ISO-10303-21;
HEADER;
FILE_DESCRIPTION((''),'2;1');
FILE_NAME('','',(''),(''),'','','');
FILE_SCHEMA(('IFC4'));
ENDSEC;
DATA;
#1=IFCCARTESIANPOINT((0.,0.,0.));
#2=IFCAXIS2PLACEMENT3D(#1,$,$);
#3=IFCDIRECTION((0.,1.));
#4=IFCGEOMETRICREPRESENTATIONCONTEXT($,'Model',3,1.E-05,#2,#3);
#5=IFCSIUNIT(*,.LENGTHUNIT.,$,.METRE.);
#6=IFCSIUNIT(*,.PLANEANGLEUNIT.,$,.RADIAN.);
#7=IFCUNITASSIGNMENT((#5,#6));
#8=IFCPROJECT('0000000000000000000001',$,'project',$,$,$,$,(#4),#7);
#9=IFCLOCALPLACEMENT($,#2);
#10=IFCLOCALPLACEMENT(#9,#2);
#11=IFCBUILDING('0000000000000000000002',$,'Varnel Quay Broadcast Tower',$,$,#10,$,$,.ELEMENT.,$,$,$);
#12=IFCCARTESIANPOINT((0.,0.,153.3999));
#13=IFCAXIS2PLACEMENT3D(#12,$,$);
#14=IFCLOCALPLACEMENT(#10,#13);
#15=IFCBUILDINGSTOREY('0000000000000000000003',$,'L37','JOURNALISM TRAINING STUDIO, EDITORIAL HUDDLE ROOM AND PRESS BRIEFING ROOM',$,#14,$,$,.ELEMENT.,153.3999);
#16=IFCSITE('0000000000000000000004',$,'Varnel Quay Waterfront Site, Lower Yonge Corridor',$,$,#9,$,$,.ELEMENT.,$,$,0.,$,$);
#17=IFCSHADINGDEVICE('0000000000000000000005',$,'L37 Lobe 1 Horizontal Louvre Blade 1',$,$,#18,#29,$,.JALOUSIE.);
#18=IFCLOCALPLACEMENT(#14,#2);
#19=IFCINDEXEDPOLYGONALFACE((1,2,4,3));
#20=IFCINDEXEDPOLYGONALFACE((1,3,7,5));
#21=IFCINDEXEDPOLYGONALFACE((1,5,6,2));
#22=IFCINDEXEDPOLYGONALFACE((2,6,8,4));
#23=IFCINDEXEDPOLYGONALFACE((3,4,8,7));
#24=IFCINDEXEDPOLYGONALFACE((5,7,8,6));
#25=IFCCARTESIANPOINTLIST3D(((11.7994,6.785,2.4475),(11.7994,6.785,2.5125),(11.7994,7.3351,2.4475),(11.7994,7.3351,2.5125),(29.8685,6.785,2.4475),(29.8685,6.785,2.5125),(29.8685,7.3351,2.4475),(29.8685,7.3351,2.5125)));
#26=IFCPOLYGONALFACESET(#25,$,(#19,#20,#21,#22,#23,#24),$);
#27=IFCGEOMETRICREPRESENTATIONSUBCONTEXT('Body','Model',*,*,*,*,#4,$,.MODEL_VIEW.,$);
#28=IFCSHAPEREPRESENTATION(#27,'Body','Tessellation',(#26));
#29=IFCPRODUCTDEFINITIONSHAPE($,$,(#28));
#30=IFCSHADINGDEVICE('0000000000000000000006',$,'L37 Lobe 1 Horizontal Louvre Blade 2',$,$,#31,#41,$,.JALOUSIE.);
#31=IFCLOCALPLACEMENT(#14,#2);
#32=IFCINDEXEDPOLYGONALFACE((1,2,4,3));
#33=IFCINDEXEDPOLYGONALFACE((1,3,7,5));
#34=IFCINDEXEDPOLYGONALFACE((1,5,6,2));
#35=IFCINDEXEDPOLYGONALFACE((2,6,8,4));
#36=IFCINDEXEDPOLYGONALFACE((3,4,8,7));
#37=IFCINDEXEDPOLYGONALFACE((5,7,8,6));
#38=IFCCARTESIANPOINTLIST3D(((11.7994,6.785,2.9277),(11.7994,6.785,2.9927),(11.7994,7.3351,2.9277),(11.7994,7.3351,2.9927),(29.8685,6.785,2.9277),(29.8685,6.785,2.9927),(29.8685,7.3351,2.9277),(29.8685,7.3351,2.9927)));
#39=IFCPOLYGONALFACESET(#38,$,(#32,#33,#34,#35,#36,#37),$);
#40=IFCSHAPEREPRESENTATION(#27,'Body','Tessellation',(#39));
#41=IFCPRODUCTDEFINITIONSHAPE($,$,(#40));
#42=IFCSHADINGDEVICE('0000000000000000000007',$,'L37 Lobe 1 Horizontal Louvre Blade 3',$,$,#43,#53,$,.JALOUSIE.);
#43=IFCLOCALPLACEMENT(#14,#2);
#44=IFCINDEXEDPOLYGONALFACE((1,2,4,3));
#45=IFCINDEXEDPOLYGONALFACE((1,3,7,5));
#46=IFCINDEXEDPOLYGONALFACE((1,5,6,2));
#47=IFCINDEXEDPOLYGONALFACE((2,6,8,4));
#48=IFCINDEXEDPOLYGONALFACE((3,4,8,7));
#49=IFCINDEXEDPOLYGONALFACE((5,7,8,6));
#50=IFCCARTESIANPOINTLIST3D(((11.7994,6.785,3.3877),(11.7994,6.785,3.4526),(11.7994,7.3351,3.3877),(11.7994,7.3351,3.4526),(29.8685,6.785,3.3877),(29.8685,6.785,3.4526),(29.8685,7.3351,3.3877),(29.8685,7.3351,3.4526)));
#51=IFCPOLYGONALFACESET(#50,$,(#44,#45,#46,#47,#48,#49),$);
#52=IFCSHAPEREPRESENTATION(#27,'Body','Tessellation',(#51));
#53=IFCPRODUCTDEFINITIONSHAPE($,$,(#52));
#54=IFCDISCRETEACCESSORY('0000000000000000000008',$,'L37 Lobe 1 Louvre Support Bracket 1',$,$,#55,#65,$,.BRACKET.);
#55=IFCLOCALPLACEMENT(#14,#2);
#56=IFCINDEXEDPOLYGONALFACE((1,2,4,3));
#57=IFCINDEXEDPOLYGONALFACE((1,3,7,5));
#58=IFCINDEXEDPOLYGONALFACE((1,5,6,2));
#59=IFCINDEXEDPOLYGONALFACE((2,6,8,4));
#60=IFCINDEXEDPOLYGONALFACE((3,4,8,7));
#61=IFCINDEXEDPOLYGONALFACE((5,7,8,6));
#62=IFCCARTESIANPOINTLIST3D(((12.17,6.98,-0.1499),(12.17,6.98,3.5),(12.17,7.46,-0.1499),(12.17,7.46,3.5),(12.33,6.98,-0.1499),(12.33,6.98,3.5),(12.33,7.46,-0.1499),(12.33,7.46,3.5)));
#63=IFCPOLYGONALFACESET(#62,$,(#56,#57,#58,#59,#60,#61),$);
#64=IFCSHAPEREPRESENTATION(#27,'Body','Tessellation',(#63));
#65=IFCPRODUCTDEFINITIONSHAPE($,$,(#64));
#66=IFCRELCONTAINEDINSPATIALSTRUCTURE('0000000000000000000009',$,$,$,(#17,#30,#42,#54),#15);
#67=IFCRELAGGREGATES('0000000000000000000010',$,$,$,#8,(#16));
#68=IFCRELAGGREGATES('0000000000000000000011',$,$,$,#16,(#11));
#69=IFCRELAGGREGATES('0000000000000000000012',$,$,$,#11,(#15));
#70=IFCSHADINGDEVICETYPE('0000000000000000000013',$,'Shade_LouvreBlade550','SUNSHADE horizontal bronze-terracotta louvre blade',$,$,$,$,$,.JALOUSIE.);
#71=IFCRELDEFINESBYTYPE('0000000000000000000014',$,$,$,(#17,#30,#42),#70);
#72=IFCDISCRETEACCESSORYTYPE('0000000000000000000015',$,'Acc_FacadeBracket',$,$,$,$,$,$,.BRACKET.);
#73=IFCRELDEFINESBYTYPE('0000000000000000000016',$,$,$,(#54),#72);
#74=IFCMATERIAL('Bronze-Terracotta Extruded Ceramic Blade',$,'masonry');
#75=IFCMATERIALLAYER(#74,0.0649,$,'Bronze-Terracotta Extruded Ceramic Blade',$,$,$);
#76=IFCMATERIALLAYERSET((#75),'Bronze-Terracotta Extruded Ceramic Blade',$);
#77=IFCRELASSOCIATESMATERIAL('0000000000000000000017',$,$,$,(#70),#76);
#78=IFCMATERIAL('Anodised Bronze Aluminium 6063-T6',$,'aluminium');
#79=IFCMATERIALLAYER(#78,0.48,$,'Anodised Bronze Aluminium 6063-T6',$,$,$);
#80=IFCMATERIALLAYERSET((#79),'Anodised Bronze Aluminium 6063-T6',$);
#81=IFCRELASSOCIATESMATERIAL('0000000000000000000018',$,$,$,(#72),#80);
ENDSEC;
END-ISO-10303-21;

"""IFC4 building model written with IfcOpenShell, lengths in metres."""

from ifc_helpers import new_model, si_unit, direction, frame, origin, origin_2d, place, context, subcontext, project, spatial, rectangle, extrude, source, transform, mapped, material, layer, layer_set, type_object, type_shapes, element, save


model = new_model("IFC4")

# Units and contexts
model_context = context("Model", 3, precision=1e-05, world=origin(), true_north=direction((0.0, 1.0)))
body_context = subcontext(model_context, "Body", "Model", "MODEL_VIEW")
ifc_project = project(units=[si_unit("LENGTHUNIT", "METRE"), si_unit("PLANEANGLEUNIT", "RADIAN")], contexts=[model_context])

# Site, building, storey
site_placement = place(None, origin())
site = spatial("IfcSite", under=ifc_project, at=site_placement, Name="Varnel Quay Waterfront Site, Lower Yonge Corridor", CompositionType="ELEMENT", RefElevation=0.0)
building_placement = place(site_placement, origin())
building = spatial("IfcBuilding", under=site, at=building_placement, Name="Varnel Quay Broadcast Tower", CompositionType="ELEMENT")
storey_placement = place(building_placement, frame((0.0, 0.0, 153.3999)))
storey = spatial("IfcBuildingStorey", under=building, at=storey_placement, Name="L37", Description="JOURNALISM TRAINING STUDIO, EDITORIAL HUDDLE ROOM AND PRESS BRIEFING ROOM", CompositionType="ELEMENT", Elevation=153.3999)

# Shared definitions
ifc_material_1 = material(Name="Anodised Bronze Aluminium 6063-T6", Category="aluminium")

# Shared definitions
ifc_material_2 = material(Name="Bronze-Terracotta Extruded Ceramic Blade", Category="masonry")

# Shading devices
ifc_layer_1 = layer(ifc_material_2, 0.0649, Name="Bronze-Terracotta Extruded Ceramic Blade")
ifc_layer_set_1 = layer_set([ifc_layer_1], Name="Bronze-Terracotta Extruded Ceramic Blade")
shading_device_type = type_object("IfcShadingDeviceType", Name="Shade_LouvreBlade550", Description="SUNSHADE horizontal bronze-terracotta louvre blade", PredefinedType="JALOUSIE", material=ifc_layer_set_1)
shared_shape_1 = source(origin(), body_context, "Body", "SweptSolid", [
    extrude(rectangle(XDim=18.0691, YDim=0.55, at=origin_2d()), origin(), (0.0, 0.0, 1.0), 0.0649),
])
type_shapes(shading_device_type, [shared_shape_1])
for number, where, z_axis, x_axis, name in (
    (1, (20.834, 7.0601, 2.4475), (0.0, 0.0, 1.0), (1.0, 0.0, 0.0), "L37 Lobe 1 Horizontal Louvre Blade 1"),
    (2, (20.834, 7.0601, 2.9277), (0.0, 0.0, 1.0), (1.0, 0.0, 0.0), "L37 Lobe 1 Horizontal Louvre Blade 2"),
    (3, (20.834, 7.0601, 3.3877), (0.0, 0.0, 1.0), (1.0, 0.0, 0.0), "L37 Lobe 1 Horizontal Louvre Blade 3"),
):
    element("IfcShadingDevice", number, at=place(storey_placement, frame(where, z_axis=z_axis, x_axis=x_axis)), inside=storey, type_object=shading_device_type, Name=name, PredefinedType="JALOUSIE", context=body_context, shape_type="MappedRepresentation", body=[
        mapped(shared_shape_1, transform((0.0, 0.0, 0.0), x_axis=(1.0, 0.0, 0.0), y_axis=(0.0, 1.0, 0.0), z_axis=(0.0, 0.0, 1.0), scale=1.0)),
    ])

# Discrete accessory
ifc_layer_2 = layer(ifc_material_1, 0.48, Name="Anodised Bronze Aluminium 6063-T6")
ifc_layer_set_2 = layer_set([ifc_layer_2], Name="Anodised Bronze Aluminium 6063-T6")
discrete_accessory_type = type_object("IfcDiscreteAccessoryType", Name="Acc_FacadeBracket", PredefinedType="BRACKET", material=ifc_layer_set_2)
shared_shape_2 = source(origin(), body_context, "Body", "SweptSolid", [
    extrude(rectangle(XDim=0.1599, YDim=0.48, at=origin_2d()), origin(), (0.0, 0.0, 1.0), 3.6499),
])
type_shapes(discrete_accessory_type, [shared_shape_2])
discrete_accessory_placement = place(storey_placement, frame((12.25, 7.22, -0.1499), z_axis=(0.0, 0.0, 1.0), x_axis=(1.0, 0.0, 0.0)))
element("IfcDiscreteAccessory", 4, at=discrete_accessory_placement, inside=storey, type_object=discrete_accessory_type, Name="L37 Lobe 1 Louvre Support Bracket 1", PredefinedType="BRACKET", context=body_context, shape_type="MappedRepresentation", body=[
    mapped(shared_shape_2, transform((0.0, 0.0, 0.0), x_axis=(1.0, 0.0, 0.0), y_axis=(0.0, 1.0, 0.0), z_axis=(0.0, 0.0, 1.0), scale=1.0)),
])

save(model, "model.ifc")
